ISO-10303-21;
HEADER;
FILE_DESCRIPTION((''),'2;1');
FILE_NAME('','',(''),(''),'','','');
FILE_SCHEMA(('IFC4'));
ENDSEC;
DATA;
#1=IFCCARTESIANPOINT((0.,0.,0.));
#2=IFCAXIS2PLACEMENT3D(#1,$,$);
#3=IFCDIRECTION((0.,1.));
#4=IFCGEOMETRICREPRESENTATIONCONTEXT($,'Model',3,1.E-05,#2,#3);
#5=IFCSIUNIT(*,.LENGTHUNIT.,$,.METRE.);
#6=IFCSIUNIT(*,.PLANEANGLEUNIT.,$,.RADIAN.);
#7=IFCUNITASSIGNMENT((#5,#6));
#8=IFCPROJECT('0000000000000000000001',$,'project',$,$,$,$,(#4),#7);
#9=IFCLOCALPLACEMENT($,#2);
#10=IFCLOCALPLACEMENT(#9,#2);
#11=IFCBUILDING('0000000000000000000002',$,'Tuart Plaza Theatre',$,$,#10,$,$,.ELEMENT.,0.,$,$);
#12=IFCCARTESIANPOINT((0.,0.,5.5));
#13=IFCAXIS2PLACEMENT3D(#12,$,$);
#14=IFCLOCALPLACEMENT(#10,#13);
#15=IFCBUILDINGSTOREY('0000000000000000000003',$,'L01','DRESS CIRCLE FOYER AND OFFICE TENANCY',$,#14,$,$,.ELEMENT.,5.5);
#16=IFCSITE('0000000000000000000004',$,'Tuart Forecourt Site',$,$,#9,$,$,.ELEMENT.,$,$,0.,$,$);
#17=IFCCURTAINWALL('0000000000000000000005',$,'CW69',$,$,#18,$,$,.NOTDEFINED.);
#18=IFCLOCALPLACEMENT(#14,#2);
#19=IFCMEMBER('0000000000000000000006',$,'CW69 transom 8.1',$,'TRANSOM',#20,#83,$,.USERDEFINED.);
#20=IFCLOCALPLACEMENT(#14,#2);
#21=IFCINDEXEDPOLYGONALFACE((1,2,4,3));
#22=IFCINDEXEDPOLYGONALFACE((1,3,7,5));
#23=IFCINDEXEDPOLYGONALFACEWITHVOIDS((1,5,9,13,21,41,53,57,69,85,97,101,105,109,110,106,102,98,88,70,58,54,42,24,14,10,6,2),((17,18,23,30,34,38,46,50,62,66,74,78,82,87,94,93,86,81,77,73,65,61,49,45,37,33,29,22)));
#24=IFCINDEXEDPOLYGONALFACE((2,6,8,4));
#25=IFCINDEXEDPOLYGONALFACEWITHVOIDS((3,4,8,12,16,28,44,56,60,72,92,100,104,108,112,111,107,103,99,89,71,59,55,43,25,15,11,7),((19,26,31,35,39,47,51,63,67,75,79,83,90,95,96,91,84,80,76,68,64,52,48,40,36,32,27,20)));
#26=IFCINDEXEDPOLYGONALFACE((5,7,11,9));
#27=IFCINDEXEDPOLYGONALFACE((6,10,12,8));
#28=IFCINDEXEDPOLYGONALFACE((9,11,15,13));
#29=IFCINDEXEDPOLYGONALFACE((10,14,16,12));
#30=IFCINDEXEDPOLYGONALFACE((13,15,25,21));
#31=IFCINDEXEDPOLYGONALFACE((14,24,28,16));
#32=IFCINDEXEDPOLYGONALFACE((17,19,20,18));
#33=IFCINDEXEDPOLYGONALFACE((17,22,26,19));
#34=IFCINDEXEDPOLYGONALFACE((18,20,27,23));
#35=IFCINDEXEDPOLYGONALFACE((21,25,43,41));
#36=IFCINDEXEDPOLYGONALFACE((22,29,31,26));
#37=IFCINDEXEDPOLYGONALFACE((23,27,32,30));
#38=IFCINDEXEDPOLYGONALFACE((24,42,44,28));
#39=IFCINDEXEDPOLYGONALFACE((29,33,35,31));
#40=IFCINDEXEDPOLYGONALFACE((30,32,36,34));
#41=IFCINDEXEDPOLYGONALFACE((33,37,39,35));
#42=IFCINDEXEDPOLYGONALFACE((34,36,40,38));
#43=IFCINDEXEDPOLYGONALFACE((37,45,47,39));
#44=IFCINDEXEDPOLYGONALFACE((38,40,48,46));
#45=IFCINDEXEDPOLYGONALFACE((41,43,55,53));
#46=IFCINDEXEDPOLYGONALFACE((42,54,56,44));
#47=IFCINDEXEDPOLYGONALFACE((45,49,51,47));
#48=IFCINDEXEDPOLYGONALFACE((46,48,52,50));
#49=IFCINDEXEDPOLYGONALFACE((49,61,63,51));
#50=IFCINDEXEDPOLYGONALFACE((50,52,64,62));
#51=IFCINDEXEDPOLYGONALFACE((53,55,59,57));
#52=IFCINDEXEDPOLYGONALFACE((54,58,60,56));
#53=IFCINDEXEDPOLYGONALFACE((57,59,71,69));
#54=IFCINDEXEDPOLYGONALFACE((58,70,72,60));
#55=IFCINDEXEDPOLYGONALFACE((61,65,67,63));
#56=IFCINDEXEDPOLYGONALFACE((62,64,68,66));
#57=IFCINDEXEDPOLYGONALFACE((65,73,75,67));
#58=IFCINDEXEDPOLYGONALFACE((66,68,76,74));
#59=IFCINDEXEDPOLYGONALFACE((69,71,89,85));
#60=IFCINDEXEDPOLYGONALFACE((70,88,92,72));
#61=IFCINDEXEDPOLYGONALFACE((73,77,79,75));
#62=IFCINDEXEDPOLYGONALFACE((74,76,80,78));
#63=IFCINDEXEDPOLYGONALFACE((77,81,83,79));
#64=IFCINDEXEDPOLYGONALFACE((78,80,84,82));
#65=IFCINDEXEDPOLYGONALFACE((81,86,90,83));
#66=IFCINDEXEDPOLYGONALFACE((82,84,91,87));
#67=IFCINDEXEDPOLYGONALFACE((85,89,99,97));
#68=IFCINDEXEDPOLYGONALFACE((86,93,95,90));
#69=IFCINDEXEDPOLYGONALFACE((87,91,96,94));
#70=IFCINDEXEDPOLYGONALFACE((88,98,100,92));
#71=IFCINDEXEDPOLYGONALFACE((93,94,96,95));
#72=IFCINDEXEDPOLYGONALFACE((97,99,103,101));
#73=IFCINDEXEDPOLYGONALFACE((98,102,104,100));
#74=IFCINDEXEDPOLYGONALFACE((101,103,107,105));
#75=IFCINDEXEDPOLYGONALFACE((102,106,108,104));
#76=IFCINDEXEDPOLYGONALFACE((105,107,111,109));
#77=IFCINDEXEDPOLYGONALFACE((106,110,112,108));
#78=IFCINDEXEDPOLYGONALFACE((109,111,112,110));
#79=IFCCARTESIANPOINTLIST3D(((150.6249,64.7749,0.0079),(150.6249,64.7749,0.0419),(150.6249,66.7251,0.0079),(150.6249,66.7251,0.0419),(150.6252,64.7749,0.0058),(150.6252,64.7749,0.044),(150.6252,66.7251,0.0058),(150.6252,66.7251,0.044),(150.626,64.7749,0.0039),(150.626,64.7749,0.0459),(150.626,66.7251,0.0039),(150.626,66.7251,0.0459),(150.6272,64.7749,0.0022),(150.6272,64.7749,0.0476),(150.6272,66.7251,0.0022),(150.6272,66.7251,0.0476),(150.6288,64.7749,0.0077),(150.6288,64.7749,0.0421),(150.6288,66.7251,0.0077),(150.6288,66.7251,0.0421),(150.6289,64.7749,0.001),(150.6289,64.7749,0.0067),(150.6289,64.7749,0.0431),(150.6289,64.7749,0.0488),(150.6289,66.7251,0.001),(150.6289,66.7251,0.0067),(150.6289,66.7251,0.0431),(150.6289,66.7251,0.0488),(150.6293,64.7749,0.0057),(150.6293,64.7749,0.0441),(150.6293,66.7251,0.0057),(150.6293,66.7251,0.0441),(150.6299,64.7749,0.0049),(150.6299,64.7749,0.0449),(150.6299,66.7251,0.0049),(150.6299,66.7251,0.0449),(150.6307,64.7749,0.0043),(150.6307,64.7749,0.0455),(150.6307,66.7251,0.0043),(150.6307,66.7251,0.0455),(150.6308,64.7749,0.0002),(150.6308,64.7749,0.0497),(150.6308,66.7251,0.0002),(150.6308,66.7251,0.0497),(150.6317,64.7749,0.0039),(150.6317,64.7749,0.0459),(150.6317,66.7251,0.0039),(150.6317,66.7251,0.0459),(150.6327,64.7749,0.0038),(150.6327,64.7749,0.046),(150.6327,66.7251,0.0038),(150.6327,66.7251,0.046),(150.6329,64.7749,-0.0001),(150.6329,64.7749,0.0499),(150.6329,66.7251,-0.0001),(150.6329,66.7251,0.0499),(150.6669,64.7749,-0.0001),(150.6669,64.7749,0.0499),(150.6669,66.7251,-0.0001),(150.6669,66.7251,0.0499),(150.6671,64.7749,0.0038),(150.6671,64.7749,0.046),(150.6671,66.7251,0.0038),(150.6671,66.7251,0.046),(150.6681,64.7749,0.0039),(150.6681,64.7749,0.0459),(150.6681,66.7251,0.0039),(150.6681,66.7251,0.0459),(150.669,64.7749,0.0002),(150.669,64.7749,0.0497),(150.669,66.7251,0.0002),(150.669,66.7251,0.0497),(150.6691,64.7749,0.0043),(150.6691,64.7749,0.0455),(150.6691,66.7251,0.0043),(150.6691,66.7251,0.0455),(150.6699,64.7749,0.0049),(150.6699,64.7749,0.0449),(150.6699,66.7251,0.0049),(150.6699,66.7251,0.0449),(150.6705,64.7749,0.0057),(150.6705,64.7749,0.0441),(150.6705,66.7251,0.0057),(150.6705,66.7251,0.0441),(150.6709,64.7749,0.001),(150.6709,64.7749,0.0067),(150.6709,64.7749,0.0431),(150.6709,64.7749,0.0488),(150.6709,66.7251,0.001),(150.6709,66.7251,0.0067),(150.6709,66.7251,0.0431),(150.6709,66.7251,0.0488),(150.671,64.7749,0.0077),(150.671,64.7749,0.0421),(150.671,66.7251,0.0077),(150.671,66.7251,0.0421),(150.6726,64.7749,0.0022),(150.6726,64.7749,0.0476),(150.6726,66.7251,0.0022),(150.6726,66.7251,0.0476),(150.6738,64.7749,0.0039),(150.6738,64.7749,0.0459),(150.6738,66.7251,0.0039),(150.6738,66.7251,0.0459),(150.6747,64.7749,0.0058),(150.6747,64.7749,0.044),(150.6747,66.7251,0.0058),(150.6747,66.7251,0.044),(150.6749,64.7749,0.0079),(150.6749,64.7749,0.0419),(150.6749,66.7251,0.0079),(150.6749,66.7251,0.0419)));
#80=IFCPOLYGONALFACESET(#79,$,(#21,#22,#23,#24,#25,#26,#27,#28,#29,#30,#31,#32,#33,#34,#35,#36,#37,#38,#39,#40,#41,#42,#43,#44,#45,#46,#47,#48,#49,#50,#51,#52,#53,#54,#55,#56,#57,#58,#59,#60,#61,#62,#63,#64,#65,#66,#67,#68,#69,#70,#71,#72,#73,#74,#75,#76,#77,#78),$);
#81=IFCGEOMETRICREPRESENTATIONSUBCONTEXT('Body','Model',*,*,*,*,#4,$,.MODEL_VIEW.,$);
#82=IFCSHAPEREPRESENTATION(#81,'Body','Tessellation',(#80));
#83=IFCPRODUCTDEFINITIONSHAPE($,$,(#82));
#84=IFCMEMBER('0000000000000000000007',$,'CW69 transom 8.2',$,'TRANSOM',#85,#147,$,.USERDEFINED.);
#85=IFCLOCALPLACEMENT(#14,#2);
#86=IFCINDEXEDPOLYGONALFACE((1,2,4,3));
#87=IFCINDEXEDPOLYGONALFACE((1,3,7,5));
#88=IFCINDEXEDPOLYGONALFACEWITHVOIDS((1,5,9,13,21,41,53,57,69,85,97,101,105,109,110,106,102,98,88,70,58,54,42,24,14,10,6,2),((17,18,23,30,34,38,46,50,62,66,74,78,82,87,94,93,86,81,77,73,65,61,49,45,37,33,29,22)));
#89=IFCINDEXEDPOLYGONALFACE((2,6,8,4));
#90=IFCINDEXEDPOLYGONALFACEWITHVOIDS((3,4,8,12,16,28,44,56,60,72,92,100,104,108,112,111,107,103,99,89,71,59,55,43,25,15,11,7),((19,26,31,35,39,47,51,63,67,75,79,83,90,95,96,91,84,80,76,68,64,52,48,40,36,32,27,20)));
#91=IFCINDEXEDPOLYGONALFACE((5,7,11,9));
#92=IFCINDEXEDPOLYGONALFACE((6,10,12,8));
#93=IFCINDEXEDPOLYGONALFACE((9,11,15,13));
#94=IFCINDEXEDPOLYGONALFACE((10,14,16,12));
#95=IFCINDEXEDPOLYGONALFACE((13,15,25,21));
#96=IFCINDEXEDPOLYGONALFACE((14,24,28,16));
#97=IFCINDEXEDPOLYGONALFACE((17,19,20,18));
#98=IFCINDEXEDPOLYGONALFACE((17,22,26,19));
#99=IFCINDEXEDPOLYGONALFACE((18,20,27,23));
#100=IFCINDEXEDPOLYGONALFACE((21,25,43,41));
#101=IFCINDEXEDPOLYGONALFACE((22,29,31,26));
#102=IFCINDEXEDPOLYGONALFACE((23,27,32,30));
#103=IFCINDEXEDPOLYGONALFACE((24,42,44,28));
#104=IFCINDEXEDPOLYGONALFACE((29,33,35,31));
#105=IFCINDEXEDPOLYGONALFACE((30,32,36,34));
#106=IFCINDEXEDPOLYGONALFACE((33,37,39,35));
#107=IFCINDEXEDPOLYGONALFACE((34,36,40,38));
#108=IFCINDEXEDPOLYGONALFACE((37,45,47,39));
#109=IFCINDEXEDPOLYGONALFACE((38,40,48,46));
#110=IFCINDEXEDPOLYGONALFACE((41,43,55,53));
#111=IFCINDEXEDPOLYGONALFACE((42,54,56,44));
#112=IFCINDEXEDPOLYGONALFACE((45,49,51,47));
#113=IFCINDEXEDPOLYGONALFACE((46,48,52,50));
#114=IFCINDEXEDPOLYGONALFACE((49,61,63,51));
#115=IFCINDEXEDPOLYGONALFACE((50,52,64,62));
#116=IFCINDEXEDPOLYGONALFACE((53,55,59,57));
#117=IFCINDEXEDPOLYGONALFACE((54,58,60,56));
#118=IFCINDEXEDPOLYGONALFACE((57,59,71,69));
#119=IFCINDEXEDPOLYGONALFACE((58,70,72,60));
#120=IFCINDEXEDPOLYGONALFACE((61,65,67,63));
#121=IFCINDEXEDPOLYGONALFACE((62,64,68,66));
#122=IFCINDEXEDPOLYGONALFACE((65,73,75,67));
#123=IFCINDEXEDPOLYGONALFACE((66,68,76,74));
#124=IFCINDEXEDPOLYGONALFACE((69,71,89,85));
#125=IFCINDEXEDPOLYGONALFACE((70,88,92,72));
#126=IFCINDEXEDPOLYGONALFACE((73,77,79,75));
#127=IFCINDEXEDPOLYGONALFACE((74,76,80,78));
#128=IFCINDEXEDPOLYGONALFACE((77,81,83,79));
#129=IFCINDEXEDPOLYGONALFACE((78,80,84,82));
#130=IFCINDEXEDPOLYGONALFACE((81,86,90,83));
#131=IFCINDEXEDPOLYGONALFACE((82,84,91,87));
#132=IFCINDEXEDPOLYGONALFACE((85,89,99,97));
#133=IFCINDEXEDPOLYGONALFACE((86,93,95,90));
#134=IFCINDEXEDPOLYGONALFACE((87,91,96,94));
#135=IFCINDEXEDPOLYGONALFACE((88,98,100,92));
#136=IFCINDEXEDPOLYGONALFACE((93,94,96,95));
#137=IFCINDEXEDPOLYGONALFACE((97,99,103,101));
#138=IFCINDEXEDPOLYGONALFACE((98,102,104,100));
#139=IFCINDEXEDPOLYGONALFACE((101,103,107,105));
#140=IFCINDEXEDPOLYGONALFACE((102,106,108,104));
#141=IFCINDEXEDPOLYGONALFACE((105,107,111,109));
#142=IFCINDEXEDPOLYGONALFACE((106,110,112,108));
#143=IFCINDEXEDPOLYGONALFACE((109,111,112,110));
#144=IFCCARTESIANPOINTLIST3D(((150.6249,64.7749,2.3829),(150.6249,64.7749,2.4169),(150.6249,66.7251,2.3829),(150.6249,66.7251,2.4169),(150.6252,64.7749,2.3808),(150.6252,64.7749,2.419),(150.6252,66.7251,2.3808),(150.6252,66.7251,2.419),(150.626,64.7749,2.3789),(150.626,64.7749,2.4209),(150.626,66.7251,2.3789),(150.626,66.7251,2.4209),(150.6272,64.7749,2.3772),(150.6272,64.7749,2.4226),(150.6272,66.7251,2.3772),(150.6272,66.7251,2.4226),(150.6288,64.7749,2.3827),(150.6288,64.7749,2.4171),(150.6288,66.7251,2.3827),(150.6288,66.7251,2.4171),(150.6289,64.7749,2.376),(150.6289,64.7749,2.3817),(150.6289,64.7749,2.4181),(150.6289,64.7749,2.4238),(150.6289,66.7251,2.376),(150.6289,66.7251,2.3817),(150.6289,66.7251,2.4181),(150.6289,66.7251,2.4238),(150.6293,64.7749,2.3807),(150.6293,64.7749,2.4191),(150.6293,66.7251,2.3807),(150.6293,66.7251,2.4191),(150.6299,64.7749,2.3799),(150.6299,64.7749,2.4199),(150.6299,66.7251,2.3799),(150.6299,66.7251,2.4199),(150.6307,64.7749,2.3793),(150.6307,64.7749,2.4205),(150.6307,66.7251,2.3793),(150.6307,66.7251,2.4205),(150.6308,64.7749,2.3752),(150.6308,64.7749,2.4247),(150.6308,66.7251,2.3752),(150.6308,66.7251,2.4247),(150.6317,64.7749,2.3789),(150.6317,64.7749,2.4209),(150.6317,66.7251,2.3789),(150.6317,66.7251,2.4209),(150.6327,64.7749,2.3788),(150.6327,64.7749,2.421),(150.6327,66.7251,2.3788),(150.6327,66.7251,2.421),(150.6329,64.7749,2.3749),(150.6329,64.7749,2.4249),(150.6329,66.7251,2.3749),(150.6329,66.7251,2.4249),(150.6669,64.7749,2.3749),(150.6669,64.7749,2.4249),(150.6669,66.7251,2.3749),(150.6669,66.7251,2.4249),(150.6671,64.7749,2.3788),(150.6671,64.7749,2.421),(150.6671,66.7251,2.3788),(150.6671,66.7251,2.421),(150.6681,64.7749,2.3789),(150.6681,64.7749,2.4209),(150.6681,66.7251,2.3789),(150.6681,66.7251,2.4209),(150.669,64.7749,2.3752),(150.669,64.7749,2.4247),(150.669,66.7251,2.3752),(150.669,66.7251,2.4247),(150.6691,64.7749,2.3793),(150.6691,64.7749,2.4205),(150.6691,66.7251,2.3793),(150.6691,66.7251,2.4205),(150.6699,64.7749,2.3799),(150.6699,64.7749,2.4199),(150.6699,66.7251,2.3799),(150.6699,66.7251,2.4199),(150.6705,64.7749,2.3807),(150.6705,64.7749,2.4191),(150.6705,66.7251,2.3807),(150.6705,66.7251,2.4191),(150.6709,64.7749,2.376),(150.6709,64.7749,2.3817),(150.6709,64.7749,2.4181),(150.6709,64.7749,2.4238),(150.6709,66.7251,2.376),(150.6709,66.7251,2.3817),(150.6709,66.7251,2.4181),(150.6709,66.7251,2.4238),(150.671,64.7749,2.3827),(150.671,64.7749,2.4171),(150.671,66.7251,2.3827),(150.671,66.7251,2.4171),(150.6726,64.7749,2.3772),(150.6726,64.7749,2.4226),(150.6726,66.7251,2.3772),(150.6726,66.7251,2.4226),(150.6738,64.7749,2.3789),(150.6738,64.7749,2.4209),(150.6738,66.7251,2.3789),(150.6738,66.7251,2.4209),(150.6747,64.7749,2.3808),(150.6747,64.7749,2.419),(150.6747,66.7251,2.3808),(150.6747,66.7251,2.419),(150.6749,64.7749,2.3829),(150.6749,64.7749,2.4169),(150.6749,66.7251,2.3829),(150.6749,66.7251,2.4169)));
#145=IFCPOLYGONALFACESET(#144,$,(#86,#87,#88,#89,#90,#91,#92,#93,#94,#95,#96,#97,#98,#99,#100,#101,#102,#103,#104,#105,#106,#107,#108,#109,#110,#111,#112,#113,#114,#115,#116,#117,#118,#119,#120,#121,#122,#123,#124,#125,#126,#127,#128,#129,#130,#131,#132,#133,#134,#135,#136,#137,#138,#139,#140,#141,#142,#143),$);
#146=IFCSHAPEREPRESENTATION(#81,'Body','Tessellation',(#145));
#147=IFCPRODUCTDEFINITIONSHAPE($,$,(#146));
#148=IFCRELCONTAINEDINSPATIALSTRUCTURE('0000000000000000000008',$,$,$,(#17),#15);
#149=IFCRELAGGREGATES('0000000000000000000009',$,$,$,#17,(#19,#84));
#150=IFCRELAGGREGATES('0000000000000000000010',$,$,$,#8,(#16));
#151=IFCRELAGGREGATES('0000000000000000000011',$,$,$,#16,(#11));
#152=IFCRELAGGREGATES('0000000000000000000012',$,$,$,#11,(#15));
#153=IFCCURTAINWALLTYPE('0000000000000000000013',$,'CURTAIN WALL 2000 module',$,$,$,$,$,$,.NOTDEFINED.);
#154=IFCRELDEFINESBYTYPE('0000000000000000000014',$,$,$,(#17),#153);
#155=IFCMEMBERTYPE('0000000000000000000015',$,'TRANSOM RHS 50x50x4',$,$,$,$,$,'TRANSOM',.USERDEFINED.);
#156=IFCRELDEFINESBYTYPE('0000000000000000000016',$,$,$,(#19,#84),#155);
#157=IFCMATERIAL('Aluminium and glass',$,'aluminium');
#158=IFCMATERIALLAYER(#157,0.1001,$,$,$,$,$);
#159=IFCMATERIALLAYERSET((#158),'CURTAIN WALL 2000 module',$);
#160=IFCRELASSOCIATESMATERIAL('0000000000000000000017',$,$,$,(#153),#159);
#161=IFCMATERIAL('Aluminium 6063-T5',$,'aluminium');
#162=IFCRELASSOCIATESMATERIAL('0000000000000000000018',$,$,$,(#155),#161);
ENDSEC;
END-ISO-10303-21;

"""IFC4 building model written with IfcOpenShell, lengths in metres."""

from ifc_helpers import new_model, si_unit, direction, frame, origin, origin_2d, place, context, subcontext, project, spatial, hollow_rectangle, extrude, material, layer, layer_set, material_profile, profile_set, type_object, element, aggregate, save


model = new_model("IFC4")

# Units and contexts
model_context = context("Model", 3, precision=1e-05, world=origin(), true_north=direction((0.0, 1.0)))
body_context = subcontext(model_context, "Body", "Model", "MODEL_VIEW")
ifc_project = project(units=[si_unit("LENGTHUNIT", "METRE"), si_unit("PLANEANGLEUNIT", "RADIAN")], contexts=[model_context])

# Site, building, storey
site_placement = place(None, origin())
site = spatial("IfcSite", under=ifc_project, at=site_placement, Name="Tuart Forecourt Site", CompositionType="ELEMENT", RefElevation=0.0)
building_placement = place(site_placement, origin())
building = spatial("IfcBuilding", under=site, at=building_placement, Name="Tuart Plaza Theatre", CompositionType="ELEMENT", ElevationOfRefHeight=0.0)
storey_placement = place(building_placement, frame((0.0, 0.0, 5.5)))
storey = spatial("IfcBuildingStorey", under=building, at=storey_placement, Name="L01", Description="DRESS CIRCLE FOYER AND OFFICE TENANCY", CompositionType="ELEMENT", Elevation=5.5)

# Curtain wall, members
ifc_material_1 = material(Name="Aluminium and glass", Category="aluminium")
ifc_layer_1 = layer(ifc_material_1, 0.1001)
ifc_layer_set_1 = layer_set([ifc_layer_1], Name="CURTAIN WALL 2000 module")
curtain_wall_type = type_object("IfcCurtainWallType", Name="CURTAIN WALL 2000 module", PredefinedType="NOTDEFINED", material=ifc_layer_set_1)
curtain_wall_placement = place(storey_placement, origin())
curtain_wall = element("IfcCurtainWall", 1, at=curtain_wall_placement, inside=storey, type_object=curtain_wall_type, Name="CW69", PredefinedType="NOTDEFINED")
ifc_material_2 = material(Name="Aluminium 6063-T5", Category="aluminium")
ifc_material_profile_1 = material_profile(ifc_material_2, hollow_rectangle(XDim=0.05, YDim=0.05, WallThickness=0.0039, InnerFilletRadius=0.0039, OuterFilletRadius=0.0081, at=origin_2d()), Name="RHS 50x50x4")
ifc_profile_set_1 = profile_set([ifc_material_profile_1], Name="Aluminium 6063-T5")
member_type_1 = type_object("IfcMemberType", Name="TRANSOM RHS 50x50x4", ElementType="TRANSOM", PredefinedType="USERDEFINED", material=ifc_profile_set_1)
member_1_placement = place(storey_placement, frame((150.6499, 64.7749, 0.0249), z_axis=(0.0, 1.0, 0.0), x_axis=(-1.0, 0.0, 0.0)))
member_1 = element("IfcMember", 2, at=member_1_placement, type_object=member_type_1, Name="CW69 transom 8.1", ObjectType="TRANSOM", PredefinedType="USERDEFINED", context=body_context, shape_type="SweptSolid", body=[
    extrude(hollow_rectangle(XDim=0.05, YDim=0.05, WallThickness=0.0039, InnerFilletRadius=0.0039, OuterFilletRadius=0.0081, at=origin_2d()), origin(), (0.0, 0.0, 1.0), 1.9502),
])
member_2_placement = place(storey_placement, frame((150.6499, 64.7749, 2.3999), z_axis=(0.0, 1.0, 0.0), x_axis=(-1.0, 0.0, 0.0)))
member_2 = element("IfcMember", 3, at=member_2_placement, type_object=member_type_1, Name="CW69 transom 8.2", ObjectType="TRANSOM", PredefinedType="USERDEFINED", context=body_context, shape_type="SweptSolid", body=[
    extrude(hollow_rectangle(XDim=0.05, YDim=0.05, WallThickness=0.0039, InnerFilletRadius=0.0039, OuterFilletRadius=0.0081, at=origin_2d()), origin(), (0.0, 0.0, 1.0), 1.9502),
])
aggregate(curtain_wall, [member_1, member_2])

save(model, "model.ifc")
